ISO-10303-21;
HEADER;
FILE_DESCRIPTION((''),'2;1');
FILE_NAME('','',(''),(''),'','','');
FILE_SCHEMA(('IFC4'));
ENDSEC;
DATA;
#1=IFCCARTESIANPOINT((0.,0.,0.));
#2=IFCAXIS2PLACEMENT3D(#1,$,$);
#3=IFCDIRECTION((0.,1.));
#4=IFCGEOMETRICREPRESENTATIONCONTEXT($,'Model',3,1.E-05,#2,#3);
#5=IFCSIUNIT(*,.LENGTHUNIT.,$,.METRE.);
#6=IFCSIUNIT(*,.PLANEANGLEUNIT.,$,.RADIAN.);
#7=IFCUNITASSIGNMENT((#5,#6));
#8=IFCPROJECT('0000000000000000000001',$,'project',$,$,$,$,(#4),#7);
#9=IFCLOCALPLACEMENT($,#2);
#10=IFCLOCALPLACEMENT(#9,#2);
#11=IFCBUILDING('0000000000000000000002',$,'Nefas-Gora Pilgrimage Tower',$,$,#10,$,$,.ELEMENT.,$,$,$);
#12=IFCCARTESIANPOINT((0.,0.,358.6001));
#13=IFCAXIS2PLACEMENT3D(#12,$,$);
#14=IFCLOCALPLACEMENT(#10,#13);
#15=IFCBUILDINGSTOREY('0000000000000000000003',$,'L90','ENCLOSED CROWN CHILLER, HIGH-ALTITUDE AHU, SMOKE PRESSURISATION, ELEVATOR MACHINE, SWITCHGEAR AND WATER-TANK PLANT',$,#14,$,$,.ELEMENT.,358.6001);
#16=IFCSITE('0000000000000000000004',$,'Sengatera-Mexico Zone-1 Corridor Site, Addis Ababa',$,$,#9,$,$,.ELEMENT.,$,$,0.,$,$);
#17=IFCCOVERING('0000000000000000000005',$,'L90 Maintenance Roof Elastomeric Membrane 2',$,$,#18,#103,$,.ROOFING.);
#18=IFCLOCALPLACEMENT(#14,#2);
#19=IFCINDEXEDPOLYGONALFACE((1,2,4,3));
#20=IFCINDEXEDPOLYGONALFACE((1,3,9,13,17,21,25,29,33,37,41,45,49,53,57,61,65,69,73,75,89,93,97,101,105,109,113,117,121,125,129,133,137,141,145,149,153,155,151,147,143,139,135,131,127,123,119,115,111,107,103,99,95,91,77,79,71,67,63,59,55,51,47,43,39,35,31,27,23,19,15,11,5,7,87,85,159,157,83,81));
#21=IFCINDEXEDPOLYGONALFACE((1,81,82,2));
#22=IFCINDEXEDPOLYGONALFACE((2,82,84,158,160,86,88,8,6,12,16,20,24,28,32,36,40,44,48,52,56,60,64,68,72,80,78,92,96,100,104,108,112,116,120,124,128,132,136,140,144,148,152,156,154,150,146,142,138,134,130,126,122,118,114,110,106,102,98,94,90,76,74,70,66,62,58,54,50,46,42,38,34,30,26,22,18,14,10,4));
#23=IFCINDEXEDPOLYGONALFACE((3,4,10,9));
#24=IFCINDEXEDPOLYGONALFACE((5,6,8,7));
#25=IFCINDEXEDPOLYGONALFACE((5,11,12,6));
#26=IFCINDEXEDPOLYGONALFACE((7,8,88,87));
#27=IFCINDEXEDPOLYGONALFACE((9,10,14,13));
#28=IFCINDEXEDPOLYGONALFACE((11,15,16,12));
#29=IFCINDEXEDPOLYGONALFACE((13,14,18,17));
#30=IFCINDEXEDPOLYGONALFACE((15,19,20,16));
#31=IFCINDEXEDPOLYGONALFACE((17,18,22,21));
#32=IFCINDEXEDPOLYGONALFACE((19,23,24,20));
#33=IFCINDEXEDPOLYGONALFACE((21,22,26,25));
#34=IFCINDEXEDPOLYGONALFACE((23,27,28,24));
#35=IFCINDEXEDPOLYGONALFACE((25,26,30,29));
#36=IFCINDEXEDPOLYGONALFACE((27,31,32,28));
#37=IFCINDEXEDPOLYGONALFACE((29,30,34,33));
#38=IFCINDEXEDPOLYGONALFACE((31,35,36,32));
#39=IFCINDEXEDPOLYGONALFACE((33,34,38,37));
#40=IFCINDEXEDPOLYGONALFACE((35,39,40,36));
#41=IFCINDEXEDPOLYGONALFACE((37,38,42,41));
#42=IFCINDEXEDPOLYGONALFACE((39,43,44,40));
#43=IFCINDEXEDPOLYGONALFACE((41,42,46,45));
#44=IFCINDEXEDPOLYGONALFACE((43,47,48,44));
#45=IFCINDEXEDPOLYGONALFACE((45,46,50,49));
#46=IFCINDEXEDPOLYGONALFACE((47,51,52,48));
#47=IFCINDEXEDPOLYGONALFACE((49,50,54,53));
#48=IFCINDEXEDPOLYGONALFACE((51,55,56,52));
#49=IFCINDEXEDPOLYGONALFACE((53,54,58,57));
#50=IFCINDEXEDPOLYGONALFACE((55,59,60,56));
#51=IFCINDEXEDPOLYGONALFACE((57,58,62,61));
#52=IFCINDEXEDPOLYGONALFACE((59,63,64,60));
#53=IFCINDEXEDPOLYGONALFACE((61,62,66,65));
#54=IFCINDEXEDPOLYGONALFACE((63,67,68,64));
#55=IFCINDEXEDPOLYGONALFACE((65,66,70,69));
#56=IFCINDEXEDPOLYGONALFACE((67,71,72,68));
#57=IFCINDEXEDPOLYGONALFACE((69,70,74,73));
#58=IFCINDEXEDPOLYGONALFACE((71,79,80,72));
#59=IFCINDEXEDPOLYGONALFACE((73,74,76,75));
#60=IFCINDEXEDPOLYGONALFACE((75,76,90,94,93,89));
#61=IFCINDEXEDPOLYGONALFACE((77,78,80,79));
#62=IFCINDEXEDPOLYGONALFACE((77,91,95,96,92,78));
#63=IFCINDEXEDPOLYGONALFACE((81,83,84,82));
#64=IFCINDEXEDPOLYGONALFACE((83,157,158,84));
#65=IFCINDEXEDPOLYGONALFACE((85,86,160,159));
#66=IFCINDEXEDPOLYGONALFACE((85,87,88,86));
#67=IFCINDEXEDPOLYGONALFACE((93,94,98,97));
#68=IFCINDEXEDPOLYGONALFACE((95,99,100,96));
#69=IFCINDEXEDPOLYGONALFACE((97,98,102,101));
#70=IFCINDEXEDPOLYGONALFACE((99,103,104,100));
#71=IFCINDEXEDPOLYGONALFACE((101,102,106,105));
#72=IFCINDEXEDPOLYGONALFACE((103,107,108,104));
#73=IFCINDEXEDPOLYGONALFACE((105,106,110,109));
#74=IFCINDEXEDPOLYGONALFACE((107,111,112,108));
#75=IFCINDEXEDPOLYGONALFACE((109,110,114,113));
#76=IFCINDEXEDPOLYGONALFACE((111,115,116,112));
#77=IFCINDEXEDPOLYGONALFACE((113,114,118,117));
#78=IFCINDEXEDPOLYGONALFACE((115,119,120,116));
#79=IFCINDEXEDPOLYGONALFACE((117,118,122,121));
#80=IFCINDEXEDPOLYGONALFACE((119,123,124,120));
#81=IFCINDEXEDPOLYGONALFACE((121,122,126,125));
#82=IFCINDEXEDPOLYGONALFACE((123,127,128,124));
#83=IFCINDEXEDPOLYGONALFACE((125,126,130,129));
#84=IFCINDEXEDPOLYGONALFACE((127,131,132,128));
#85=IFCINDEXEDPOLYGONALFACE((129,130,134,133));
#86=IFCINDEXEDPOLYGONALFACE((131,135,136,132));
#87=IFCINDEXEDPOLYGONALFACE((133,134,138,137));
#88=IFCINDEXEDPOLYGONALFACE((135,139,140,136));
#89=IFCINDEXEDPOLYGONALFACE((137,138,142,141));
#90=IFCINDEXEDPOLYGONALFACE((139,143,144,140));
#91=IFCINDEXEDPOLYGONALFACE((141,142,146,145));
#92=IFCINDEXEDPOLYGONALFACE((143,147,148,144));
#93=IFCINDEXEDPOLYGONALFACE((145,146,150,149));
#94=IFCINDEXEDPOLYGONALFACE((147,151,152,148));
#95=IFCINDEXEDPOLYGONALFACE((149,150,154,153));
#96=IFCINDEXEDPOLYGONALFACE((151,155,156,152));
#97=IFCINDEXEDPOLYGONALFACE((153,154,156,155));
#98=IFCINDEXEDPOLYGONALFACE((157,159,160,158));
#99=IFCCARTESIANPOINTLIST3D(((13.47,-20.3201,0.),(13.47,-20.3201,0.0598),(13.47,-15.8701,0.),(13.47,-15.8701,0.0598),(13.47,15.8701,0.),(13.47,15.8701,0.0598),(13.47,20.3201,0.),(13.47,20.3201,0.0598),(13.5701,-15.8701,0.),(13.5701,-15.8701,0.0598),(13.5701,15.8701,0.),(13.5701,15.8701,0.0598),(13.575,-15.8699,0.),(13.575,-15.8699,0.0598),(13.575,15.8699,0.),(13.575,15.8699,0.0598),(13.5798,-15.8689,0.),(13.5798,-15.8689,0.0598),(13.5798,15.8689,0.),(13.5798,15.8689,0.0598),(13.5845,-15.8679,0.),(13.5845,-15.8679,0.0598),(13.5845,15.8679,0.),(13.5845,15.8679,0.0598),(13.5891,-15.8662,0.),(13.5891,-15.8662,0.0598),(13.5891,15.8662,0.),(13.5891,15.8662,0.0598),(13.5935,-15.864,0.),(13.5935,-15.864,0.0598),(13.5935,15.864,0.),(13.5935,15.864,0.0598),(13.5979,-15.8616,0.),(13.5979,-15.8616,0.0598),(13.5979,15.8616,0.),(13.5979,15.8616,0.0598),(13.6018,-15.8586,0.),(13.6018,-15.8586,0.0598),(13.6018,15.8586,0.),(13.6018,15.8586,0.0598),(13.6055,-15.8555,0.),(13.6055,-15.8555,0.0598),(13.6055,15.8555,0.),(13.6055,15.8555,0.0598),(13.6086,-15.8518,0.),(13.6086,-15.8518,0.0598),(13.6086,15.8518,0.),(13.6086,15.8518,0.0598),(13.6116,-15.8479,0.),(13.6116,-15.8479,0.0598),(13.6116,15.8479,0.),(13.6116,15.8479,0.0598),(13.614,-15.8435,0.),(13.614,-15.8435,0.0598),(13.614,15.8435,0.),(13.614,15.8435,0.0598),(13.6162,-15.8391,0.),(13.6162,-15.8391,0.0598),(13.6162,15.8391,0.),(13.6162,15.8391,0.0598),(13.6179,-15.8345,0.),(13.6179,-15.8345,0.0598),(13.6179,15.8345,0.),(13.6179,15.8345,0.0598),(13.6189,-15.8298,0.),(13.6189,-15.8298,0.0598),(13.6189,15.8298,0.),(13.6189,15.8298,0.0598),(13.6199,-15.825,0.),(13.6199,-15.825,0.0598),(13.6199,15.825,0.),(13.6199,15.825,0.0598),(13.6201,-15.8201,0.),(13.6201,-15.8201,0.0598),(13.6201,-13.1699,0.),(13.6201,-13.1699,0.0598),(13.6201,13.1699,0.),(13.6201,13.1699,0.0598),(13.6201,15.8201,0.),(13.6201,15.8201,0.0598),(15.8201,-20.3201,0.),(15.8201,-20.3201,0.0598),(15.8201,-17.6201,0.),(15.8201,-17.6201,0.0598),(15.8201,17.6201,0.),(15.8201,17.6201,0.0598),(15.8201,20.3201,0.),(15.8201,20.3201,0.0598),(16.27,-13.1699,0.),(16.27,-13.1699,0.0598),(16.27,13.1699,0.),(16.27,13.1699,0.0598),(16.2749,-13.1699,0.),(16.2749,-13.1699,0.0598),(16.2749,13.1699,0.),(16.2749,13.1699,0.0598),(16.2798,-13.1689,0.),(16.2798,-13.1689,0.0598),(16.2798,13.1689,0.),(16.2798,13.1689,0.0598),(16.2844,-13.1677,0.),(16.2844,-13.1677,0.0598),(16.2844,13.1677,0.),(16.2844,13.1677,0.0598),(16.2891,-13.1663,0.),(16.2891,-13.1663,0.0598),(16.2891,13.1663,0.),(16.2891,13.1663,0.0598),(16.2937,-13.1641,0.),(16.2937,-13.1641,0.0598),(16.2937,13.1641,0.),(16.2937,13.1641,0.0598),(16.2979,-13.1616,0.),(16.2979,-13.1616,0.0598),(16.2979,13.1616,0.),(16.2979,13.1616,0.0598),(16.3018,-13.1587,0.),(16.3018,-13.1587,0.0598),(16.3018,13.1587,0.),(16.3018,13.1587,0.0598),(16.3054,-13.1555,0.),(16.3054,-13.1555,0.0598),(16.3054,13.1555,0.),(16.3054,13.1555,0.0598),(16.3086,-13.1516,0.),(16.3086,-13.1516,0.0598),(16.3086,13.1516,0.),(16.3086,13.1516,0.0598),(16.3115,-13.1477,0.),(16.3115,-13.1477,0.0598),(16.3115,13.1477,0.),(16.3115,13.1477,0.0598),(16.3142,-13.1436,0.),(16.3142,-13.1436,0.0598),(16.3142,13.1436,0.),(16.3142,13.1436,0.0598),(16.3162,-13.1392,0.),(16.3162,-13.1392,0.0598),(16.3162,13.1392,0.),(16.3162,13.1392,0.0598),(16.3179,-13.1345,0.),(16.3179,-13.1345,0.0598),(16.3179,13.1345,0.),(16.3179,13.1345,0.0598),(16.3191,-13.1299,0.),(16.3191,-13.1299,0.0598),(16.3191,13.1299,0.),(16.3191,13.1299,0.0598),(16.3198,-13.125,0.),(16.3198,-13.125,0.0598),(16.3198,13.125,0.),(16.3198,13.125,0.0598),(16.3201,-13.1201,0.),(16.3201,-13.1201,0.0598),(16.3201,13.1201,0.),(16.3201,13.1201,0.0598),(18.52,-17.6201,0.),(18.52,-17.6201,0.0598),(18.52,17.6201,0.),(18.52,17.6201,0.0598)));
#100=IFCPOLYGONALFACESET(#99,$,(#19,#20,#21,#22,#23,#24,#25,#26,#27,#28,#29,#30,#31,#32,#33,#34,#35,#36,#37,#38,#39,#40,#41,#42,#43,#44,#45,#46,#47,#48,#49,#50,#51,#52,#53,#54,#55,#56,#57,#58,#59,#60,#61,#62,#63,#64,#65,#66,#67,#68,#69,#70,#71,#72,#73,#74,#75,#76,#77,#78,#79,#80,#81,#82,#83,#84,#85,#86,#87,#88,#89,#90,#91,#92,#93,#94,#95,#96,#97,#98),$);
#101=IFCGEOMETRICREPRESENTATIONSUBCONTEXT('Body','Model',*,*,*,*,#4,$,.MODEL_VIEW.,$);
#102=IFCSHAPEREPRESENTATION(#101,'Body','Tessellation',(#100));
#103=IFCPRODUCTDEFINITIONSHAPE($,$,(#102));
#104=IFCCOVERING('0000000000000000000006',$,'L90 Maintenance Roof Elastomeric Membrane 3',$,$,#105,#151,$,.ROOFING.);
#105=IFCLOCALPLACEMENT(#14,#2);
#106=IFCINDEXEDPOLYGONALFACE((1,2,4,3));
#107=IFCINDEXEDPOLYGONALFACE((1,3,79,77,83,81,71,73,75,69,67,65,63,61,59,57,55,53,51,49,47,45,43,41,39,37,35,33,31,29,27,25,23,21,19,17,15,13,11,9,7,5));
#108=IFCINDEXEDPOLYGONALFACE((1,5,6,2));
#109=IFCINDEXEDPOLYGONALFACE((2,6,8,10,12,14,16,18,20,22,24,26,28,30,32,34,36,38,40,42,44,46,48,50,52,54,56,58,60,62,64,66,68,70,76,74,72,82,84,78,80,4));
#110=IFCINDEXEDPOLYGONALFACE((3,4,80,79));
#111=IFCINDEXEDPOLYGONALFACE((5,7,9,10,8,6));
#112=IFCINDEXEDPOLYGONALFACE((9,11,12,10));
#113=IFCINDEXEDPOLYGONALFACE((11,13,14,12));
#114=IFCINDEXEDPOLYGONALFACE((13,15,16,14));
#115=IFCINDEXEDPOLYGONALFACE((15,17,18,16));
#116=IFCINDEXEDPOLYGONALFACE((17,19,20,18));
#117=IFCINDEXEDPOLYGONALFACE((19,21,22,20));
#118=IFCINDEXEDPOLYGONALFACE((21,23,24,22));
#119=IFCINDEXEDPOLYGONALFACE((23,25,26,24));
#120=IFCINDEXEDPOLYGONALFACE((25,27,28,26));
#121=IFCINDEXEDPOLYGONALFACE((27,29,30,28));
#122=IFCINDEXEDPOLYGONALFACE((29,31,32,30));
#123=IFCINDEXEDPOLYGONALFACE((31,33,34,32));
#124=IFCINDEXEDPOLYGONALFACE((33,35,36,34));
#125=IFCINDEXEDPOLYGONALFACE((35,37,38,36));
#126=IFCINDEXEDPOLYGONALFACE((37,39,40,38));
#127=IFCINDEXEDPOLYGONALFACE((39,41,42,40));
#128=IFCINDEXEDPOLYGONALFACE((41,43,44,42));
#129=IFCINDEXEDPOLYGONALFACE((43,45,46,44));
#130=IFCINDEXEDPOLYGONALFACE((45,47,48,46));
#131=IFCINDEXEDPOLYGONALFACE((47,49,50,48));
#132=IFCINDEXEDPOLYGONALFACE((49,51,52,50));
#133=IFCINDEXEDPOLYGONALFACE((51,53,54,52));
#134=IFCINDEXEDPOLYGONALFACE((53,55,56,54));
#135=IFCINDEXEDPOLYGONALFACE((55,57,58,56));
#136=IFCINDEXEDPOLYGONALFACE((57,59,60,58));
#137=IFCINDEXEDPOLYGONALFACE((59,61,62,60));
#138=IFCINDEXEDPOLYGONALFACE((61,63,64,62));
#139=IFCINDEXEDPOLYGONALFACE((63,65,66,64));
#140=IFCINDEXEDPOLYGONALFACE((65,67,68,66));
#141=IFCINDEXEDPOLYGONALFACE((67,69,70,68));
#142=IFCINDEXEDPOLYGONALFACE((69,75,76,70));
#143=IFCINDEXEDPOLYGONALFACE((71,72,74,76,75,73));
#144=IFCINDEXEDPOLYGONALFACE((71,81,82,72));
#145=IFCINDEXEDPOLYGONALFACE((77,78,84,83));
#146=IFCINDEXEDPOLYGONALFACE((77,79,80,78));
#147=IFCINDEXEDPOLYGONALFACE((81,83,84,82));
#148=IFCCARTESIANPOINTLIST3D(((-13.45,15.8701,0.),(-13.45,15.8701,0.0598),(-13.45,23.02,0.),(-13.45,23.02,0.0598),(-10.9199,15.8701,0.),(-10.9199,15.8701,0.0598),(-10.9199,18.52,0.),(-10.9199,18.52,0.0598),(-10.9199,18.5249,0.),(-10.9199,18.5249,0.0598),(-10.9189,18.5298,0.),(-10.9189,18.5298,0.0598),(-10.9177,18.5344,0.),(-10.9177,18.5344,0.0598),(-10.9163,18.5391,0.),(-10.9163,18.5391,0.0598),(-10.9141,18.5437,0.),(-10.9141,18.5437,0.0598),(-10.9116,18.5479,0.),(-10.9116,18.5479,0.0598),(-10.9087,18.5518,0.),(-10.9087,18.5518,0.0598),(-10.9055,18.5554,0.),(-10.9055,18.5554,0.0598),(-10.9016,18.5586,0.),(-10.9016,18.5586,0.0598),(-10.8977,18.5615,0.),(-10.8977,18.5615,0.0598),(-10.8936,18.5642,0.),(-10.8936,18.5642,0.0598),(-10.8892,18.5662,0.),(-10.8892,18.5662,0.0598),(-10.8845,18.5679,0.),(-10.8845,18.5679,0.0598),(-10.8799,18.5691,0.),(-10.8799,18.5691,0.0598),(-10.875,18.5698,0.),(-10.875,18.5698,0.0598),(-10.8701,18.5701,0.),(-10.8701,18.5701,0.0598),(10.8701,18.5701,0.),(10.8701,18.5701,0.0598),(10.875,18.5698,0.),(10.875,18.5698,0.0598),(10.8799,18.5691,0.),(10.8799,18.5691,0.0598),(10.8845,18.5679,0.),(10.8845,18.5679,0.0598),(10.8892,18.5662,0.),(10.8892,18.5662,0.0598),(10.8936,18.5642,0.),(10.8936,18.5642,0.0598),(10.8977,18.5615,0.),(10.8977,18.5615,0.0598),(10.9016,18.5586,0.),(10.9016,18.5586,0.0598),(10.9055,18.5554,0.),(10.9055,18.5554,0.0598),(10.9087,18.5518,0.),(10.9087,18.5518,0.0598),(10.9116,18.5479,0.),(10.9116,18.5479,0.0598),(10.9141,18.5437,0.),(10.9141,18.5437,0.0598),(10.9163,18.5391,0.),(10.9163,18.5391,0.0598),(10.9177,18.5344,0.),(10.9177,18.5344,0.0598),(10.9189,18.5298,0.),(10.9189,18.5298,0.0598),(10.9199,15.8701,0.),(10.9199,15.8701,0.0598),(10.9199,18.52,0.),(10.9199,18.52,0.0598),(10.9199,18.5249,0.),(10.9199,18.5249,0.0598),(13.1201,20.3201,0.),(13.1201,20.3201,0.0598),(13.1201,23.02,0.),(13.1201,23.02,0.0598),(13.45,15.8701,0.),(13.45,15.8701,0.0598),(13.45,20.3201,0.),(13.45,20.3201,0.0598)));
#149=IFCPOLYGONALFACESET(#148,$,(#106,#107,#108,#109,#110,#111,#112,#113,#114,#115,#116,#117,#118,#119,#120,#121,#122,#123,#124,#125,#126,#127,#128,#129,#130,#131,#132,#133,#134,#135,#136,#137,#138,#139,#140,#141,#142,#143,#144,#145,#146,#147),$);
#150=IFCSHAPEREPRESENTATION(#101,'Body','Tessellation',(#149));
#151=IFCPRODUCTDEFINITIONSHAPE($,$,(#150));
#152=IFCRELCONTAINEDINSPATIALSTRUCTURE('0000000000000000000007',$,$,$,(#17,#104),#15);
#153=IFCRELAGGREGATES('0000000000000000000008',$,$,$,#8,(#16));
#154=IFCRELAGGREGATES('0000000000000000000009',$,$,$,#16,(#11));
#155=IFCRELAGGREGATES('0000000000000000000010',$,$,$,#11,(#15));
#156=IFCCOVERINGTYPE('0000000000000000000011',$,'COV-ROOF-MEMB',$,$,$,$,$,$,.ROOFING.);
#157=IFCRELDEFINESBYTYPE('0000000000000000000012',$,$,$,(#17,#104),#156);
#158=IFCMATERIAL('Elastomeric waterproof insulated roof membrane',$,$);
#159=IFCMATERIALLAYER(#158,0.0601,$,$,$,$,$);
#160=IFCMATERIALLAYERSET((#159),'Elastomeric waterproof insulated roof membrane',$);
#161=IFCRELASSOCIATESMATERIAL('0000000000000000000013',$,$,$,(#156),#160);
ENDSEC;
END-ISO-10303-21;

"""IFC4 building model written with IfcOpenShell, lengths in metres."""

from ifc_helpers import new_model, si_unit, direction, frame, origin, place, context, subcontext, project, spatial, polyline, outline, extrude, material, layer, layer_set, type_object, element, save


model = new_model("IFC4")

# Units and contexts
model_context = context("Model", 3, precision=1e-05, world=origin(), true_north=direction((0.0, 1.0)))
body_context = subcontext(model_context, "Body", "Model", "MODEL_VIEW")
ifc_project = project(units=[si_unit("LENGTHUNIT", "METRE"), si_unit("PLANEANGLEUNIT", "RADIAN")], contexts=[model_context])

# Site, building, storey
site_placement = place(None, origin())
site = spatial("IfcSite", under=ifc_project, at=site_placement, Name="Sengatera-Mexico Zone-1 Corridor Site, Addis Ababa", CompositionType="ELEMENT", RefElevation=0.0)
building_placement = place(site_placement, origin())
building = spatial("IfcBuilding", under=site, at=building_placement, Name="Nefas-Gora Pilgrimage Tower", CompositionType="ELEMENT")
storey_placement = place(building_placement, frame((0.0, 0.0, 358.6001)))
storey = spatial("IfcBuildingStorey", under=building, at=storey_placement, Name="L90", Description="ENCLOSED CROWN CHILLER, HIGH-ALTITUDE AHU, SMOKE PRESSURISATION, ELEVATOR MACHINE, SWITCHGEAR AND WATER-TANK PLANT", CompositionType="ELEMENT", Elevation=358.6001)

# Coverings
ifc_material_1 = material(Name="Elastomeric waterproof insulated roof membrane")
ifc_layer_1 = layer(ifc_material_1, 0.0601)
ifc_layer_set_1 = layer_set([ifc_layer_1], Name="Elastomeric waterproof insulated roof membrane")
covering_type = type_object("IfcCoveringType", Name="COV-ROOF-MEMB", PredefinedType="ROOFING", material=ifc_layer_set_1)
covering_1_placement = place(storey_placement, origin())
element("IfcCovering", 1, at=covering_1_placement, inside=storey, type_object=covering_type, Name="L90 Maintenance Roof Elastomeric Membrane 2", PredefinedType="ROOFING", context=body_context, shape_type="SweptSolid", body=[
    extrude(outline(polyline([(15.8201, -17.6201), (18.52, -17.6201), (18.52, 17.6201), (15.8201, 17.6201), (15.8201, 20.3201), (13.47, 20.3201), (13.47, 15.8701), (13.5701, 15.8701), (13.575, 15.8699), (13.5798, 15.8689), (13.5845, 15.8679), (13.5891, 15.8662), (13.5935, 15.864), (13.5979, 15.8616), (13.6018, 15.8586), (13.6055, 15.8555), (13.6086, 15.8518), (13.6116, 15.8479), (13.614, 15.8435), (13.6162, 15.8391), (13.6179, 15.8345), (13.6189, 15.8298), (13.6199, 15.825), (13.6201, 15.8201), (13.6201, 13.1699), (16.27, 13.1699), (16.2749, 13.1699), (16.2798, 13.1689), (16.2844, 13.1677), (16.2891, 13.1663), (16.2937, 13.1641), (16.2979, 13.1616), (16.3018, 13.1587), (16.3054, 13.1555), (16.3086, 13.1516), (16.3115, 13.1477), (16.3142, 13.1436), (16.3162, 13.1392), (16.3179, 13.1345), (16.3191, 13.1299), (16.3198, 13.125), (16.3201, 13.1201), (16.3201, -13.1201), (16.3198, -13.125), (16.3191, -13.1299), (16.3179, -13.1345), (16.3162, -13.1392), (16.3142, -13.1436), (16.3115, -13.1477), (16.3086, -13.1516), (16.3054, -13.1555), (16.3018, -13.1587), (16.2979, -13.1616), (16.2937, -13.1641), (16.2891, -13.1663), (16.2844, -13.1677), (16.2798, -13.1689), (16.2749, -13.1699), (16.27, -13.1699), (13.6201, -13.1699), (13.6201, -15.8201), (13.6199, -15.825), (13.6189, -15.8298), (13.6179, -15.8345), (13.6162, -15.8391), (13.614, -15.8435), (13.6116, -15.8479), (13.6086, -15.8518), (13.6055, -15.8555), (13.6018, -15.8586), (13.5979, -15.8616), (13.5935, -15.864), (13.5891, -15.8662), (13.5845, -15.8679), (13.5798, -15.8689), (13.575, -15.8699), (13.5701, -15.8701), (13.47, -15.8701), (13.47, -20.3201), (15.8201, -20.3201), (15.8201, -17.6201)])), origin(), (0.0, 0.0, 1.0), 0.0598),
])
covering_2_placement = place(storey_placement, origin())
element("IfcCovering", 2, at=covering_2_placement, inside=storey, type_object=covering_type, Name="L90 Maintenance Roof Elastomeric Membrane 3", PredefinedType="ROOFING", context=body_context, shape_type="SweptSolid", body=[
    extrude(outline(polyline([(-13.45, 23.02), (-13.45, 15.8701), (-10.9199, 15.8701), (-10.9199, 18.52), (-10.9199, 18.5249), (-10.9189, 18.5298), (-10.9177, 18.5344), (-10.9163, 18.5391), (-10.9141, 18.5437), (-10.9116, 18.5479), (-10.9087, 18.5518), (-10.9055, 18.5554), (-10.9016, 18.5586), (-10.8977, 18.5615), (-10.8936, 18.5642), (-10.8892, 18.5662), (-10.8845, 18.5679), (-10.8799, 18.5691), (-10.875, 18.5698), (-10.8701, 18.5701), (10.8701, 18.5701), (10.875, 18.5698), (10.8799, 18.5691), (10.8845, 18.5679), (10.8892, 18.5662), (10.8936, 18.5642), (10.8977, 18.5615), (10.9016, 18.5586), (10.9055, 18.5554), (10.9087, 18.5518), (10.9116, 18.5479), (10.9141, 18.5437), (10.9163, 18.5391), (10.9177, 18.5344), (10.9189, 18.5298), (10.9199, 18.5249), (10.9199, 18.52), (10.9199, 15.8701), (13.45, 15.8701), (13.45, 20.3201), (13.1201, 20.3201), (13.1201, 23.02), (-13.45, 23.02)])), origin(), (0.0, 0.0, 1.0), 0.0598),
])

save(model, "model.ifc")
